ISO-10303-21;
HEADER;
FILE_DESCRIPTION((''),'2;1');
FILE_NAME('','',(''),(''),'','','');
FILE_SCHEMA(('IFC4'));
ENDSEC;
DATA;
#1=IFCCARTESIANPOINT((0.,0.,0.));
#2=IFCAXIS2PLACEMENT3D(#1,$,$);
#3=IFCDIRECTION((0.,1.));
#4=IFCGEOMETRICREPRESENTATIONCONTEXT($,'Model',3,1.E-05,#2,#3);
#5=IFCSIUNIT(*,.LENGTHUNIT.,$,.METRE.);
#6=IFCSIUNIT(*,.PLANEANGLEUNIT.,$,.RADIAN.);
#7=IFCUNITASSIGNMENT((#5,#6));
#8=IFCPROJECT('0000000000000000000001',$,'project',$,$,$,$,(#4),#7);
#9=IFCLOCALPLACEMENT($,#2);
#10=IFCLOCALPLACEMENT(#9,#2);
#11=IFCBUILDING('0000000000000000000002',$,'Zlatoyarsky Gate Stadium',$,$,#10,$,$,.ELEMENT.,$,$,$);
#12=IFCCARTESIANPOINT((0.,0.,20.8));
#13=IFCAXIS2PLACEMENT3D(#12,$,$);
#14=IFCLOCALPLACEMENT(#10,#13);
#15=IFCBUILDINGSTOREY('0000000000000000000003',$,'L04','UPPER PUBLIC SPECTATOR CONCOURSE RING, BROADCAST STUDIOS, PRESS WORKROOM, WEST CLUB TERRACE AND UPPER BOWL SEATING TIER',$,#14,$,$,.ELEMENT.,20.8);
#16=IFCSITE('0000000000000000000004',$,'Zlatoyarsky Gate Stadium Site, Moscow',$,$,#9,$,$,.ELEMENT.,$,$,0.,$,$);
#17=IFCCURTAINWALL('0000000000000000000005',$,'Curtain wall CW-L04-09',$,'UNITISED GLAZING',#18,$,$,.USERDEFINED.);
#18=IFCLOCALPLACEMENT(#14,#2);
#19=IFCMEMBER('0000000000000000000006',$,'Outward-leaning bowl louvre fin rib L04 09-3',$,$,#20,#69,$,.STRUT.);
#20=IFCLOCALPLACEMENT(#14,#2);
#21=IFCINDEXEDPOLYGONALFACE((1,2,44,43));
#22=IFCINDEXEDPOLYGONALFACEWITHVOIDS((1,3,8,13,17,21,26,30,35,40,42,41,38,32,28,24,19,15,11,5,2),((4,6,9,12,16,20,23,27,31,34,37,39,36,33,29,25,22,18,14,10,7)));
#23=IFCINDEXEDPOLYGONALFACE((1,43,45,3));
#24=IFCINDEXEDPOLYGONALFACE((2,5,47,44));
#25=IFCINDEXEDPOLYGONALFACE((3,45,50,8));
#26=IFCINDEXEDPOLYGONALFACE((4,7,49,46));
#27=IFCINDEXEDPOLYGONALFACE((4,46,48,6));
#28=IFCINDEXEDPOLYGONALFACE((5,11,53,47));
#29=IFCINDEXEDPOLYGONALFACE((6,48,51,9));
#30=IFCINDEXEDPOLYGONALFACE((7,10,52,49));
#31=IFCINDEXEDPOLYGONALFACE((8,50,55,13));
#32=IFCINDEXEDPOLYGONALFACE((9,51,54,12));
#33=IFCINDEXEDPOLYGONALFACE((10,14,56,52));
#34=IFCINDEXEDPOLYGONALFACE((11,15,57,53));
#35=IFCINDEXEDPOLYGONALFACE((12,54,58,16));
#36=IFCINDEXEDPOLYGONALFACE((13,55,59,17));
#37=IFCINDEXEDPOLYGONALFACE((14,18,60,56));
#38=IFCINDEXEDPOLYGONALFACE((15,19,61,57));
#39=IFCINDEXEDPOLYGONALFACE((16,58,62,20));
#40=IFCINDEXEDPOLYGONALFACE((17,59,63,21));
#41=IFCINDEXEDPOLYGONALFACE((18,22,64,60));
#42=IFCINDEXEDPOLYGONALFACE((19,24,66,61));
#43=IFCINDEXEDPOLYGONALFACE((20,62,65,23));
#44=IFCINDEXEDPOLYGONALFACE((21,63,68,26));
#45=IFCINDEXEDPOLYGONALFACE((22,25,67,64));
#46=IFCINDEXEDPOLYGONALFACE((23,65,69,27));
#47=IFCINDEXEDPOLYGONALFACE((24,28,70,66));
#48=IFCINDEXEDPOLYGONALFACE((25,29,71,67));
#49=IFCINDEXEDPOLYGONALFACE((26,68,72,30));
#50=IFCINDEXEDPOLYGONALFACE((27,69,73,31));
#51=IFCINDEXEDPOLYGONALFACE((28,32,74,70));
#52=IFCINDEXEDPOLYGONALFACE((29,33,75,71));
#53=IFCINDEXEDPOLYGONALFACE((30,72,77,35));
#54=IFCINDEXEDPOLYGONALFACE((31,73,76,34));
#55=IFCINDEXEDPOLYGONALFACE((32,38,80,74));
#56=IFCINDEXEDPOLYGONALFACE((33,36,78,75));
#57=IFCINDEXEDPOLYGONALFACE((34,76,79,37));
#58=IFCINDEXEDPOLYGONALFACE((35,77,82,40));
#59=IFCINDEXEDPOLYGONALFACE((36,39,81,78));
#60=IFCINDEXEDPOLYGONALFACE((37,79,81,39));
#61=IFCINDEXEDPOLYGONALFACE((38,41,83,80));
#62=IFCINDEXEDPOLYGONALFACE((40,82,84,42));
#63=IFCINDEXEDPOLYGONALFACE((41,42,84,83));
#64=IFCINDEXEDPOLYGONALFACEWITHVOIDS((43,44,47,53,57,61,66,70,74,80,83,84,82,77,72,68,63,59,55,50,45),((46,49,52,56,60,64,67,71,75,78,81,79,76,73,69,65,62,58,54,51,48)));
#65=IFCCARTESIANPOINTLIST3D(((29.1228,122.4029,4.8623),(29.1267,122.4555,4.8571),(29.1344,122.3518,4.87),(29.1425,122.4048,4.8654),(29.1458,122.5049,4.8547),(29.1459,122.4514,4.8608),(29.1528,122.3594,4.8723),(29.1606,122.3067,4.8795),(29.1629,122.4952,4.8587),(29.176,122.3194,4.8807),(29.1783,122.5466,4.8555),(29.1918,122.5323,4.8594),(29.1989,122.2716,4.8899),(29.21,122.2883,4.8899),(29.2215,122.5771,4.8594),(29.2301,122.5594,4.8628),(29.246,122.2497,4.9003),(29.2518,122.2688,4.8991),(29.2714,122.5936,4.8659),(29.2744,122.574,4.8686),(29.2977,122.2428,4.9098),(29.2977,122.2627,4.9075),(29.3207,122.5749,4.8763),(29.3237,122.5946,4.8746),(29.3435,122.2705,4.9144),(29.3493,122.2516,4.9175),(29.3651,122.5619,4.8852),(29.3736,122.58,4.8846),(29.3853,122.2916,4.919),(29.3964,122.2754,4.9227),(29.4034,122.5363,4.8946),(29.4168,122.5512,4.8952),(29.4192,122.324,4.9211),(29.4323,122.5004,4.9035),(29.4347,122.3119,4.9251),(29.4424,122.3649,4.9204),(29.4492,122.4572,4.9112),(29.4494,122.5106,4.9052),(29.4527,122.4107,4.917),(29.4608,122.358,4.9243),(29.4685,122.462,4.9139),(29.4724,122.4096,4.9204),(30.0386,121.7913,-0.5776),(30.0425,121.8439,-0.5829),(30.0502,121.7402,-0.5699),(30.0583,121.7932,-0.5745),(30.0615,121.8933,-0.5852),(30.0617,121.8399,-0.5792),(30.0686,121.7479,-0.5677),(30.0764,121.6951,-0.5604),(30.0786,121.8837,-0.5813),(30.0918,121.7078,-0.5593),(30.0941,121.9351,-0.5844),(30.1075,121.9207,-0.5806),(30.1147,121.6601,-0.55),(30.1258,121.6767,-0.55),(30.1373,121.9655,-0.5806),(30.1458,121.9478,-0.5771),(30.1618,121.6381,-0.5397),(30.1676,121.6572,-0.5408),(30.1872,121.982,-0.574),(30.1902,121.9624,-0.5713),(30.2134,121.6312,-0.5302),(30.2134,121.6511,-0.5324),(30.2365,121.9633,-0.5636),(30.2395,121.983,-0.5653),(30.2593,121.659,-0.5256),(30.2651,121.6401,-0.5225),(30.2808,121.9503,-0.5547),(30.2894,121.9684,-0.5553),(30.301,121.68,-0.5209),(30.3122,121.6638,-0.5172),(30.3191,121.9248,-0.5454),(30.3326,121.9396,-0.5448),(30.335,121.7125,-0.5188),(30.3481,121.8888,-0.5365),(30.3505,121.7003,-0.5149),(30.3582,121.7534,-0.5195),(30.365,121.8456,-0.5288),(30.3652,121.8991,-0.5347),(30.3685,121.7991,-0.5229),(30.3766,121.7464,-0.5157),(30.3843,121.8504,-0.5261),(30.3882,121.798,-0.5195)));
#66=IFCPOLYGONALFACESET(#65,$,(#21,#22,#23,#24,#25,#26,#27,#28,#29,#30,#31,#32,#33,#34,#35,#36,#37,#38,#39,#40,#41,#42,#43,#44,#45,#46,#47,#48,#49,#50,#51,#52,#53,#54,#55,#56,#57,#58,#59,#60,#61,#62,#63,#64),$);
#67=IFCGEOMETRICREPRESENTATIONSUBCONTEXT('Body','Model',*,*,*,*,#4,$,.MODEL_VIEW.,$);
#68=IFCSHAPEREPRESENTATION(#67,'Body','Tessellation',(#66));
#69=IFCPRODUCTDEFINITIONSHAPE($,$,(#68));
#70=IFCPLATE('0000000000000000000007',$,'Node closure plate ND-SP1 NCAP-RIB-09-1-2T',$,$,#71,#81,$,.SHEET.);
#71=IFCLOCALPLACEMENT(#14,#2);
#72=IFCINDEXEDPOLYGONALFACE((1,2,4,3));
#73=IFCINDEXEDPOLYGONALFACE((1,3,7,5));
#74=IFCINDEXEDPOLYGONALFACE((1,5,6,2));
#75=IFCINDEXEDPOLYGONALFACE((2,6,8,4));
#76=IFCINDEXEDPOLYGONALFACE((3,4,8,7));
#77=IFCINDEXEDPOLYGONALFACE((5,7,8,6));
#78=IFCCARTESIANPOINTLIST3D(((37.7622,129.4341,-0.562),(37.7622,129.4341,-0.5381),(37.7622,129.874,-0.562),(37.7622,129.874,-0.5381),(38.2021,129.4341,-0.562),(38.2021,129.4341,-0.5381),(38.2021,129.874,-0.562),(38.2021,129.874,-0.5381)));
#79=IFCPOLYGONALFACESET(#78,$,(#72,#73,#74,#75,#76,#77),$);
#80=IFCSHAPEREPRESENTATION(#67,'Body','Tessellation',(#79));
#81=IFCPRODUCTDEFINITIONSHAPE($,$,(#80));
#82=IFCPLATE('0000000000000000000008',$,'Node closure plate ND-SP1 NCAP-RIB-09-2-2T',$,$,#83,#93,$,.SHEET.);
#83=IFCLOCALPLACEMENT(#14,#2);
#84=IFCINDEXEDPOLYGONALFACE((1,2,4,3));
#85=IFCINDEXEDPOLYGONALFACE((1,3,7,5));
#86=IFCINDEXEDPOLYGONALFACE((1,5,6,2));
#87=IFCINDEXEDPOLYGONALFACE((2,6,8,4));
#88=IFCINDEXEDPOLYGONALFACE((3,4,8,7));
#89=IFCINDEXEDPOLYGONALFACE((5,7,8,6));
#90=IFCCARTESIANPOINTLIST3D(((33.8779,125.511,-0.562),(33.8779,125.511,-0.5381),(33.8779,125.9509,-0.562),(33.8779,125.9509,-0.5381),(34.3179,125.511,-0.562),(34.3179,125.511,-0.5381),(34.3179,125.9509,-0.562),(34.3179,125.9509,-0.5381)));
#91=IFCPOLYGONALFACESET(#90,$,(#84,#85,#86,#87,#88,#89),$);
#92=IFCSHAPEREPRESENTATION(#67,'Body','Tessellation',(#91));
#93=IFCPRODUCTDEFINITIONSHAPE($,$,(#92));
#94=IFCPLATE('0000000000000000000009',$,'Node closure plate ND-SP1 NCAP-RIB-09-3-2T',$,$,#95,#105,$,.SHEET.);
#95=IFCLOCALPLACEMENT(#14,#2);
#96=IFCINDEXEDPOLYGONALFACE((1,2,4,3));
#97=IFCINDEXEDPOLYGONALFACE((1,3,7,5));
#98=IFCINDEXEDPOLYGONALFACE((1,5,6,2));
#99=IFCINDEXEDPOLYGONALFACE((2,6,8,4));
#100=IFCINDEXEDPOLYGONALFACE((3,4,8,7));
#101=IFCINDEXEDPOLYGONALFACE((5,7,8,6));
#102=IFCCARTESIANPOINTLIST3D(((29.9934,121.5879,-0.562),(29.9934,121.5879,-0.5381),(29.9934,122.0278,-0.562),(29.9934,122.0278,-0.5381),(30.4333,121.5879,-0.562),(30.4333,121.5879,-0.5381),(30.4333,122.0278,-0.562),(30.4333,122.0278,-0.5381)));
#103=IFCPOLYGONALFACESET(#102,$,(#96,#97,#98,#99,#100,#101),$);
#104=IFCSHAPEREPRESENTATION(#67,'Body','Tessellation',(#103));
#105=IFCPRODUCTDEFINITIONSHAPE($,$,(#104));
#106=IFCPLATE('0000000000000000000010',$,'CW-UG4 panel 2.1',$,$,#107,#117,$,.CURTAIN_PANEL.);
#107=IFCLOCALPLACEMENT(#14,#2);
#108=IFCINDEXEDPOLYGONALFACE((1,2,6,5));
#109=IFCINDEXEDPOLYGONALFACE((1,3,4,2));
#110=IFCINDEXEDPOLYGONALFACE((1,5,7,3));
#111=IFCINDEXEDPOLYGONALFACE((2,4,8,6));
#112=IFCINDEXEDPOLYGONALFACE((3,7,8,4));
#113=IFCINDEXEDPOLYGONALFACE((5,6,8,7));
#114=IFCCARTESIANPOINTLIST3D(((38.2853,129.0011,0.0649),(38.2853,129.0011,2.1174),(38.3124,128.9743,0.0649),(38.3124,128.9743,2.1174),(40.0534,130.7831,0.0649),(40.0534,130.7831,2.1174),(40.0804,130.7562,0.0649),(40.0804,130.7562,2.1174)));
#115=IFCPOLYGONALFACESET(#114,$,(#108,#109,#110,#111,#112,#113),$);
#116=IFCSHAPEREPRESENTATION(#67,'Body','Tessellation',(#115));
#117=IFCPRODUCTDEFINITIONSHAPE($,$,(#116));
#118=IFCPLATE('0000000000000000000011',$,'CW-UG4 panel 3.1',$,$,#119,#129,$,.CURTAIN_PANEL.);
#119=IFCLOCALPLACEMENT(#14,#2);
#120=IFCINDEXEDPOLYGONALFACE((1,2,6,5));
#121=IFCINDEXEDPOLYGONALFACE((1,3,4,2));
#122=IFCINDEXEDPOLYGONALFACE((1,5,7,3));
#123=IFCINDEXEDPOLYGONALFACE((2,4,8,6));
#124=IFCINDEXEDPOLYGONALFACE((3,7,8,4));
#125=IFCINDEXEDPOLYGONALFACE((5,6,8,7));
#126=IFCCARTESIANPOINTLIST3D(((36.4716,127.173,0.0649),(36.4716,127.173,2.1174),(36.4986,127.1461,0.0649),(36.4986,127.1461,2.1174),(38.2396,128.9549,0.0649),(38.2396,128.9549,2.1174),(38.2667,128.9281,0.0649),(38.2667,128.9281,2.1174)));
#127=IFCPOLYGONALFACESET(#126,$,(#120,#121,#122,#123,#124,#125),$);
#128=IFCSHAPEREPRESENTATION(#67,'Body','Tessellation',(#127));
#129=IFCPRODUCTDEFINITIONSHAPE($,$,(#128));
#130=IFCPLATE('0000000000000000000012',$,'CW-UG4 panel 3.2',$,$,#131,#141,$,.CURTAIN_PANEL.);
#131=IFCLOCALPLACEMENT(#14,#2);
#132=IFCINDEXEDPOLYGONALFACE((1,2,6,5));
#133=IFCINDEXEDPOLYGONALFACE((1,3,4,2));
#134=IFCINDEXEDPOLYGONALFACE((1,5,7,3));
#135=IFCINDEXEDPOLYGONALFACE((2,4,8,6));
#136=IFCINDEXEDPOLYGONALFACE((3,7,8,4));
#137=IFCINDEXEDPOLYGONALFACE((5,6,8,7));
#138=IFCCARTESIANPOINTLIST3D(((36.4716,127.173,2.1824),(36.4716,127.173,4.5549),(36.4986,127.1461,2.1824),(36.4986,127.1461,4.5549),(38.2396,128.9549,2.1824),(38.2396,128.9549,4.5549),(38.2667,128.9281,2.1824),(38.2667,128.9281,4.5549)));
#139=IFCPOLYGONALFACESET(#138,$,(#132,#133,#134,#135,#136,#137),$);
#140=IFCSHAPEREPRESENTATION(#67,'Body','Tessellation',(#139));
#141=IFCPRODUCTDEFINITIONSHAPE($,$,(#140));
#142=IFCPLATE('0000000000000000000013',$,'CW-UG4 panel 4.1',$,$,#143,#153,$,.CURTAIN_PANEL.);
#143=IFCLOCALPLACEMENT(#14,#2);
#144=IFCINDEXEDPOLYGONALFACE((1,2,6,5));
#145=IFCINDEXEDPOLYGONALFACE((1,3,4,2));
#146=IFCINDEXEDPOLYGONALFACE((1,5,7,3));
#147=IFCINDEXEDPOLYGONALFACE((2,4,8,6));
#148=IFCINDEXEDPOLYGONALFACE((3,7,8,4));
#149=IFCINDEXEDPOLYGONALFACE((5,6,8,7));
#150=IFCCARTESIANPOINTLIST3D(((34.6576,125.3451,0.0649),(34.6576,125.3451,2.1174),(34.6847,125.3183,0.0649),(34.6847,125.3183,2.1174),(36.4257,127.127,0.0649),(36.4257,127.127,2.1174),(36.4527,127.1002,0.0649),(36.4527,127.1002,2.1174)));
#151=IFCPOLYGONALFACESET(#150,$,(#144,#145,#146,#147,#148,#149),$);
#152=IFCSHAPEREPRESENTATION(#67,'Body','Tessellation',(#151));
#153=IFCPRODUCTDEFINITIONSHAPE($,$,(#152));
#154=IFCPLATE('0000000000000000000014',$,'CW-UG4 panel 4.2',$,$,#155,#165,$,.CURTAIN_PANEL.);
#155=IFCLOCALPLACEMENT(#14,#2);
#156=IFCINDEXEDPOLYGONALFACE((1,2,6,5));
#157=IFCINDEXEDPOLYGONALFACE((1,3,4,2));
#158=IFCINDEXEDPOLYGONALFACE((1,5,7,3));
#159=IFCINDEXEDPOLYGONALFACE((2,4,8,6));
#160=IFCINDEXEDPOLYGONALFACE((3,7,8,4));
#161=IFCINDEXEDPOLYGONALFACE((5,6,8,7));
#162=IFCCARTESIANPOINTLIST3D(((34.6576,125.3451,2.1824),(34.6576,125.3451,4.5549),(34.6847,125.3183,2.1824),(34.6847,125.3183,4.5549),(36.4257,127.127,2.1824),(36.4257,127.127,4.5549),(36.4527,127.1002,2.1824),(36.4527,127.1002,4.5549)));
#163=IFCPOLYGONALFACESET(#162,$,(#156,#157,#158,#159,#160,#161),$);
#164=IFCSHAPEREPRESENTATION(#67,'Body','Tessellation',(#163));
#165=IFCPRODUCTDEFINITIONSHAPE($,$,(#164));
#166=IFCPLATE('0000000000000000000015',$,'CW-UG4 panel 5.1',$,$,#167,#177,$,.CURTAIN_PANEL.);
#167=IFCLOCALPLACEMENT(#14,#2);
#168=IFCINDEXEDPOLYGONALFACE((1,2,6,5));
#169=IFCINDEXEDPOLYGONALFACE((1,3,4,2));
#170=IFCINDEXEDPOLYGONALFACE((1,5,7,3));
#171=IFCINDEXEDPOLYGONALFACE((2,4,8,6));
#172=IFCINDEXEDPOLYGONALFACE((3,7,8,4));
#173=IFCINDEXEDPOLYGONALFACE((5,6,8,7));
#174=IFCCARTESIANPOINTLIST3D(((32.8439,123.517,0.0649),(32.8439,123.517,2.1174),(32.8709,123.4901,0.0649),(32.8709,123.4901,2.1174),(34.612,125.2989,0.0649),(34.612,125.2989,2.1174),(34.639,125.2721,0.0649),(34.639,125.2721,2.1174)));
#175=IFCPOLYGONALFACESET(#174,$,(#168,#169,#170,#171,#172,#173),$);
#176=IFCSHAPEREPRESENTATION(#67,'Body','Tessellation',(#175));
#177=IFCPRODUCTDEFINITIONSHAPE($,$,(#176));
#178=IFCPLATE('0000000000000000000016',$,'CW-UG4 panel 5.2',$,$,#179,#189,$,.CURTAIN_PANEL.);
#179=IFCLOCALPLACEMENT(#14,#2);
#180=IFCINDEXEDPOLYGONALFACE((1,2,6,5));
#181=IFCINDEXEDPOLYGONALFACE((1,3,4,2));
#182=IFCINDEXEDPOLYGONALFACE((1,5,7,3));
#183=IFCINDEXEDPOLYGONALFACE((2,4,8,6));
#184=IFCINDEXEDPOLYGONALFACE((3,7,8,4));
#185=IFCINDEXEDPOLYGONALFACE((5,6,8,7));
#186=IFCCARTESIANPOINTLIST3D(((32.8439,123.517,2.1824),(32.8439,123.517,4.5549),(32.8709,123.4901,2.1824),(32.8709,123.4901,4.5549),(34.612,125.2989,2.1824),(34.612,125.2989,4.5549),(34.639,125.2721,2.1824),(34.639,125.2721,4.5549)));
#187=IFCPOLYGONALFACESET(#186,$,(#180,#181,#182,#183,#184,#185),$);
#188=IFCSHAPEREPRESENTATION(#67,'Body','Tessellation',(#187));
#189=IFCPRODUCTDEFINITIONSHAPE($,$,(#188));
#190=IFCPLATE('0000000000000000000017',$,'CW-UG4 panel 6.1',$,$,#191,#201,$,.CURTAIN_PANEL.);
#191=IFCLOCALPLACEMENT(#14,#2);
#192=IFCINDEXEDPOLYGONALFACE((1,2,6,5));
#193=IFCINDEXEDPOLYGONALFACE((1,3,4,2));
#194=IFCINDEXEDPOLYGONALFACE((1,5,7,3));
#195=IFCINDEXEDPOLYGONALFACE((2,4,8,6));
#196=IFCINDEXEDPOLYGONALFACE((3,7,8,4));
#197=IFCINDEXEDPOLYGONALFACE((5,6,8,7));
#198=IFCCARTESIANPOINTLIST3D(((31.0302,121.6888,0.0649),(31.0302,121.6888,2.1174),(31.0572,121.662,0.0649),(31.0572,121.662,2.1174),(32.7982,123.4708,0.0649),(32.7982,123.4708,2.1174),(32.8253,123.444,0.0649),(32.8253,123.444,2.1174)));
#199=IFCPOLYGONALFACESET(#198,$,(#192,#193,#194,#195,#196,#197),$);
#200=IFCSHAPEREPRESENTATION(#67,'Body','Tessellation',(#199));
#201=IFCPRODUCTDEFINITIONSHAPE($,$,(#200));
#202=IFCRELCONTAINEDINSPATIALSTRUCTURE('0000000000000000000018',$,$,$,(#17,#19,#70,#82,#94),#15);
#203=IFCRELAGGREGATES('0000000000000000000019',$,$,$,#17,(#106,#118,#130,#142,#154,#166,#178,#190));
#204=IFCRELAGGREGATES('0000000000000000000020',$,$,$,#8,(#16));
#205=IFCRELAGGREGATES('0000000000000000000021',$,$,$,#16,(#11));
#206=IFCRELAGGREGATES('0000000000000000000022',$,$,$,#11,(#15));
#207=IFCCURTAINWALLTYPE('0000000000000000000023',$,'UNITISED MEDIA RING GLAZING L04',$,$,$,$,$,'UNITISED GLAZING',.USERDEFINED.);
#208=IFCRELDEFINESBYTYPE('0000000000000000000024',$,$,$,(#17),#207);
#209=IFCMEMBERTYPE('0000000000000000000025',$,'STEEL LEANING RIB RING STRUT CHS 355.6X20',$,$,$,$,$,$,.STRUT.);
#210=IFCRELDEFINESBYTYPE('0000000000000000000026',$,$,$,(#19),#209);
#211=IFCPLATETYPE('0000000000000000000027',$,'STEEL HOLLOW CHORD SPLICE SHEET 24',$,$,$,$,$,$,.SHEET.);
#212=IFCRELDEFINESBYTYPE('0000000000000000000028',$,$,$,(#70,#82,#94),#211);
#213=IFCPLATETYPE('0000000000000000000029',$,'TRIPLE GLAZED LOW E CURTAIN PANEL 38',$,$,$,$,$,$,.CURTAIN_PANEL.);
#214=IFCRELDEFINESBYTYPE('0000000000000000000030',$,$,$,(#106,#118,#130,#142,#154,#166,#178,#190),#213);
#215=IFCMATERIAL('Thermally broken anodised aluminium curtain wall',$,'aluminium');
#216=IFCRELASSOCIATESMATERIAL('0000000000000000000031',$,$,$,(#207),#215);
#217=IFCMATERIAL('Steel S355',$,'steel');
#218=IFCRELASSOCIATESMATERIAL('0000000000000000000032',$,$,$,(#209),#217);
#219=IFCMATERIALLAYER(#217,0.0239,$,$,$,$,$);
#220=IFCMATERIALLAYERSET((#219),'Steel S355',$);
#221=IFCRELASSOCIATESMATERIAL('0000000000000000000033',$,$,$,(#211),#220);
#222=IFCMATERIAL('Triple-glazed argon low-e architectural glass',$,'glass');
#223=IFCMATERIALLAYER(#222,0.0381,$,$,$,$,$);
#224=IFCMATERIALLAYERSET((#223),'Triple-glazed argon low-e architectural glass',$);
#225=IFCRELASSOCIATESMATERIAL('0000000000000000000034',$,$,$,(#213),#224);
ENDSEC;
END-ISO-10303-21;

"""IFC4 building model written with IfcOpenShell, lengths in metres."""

from ifc_helpers import new_model, si_unit, direction, frame, origin, origin_2d, place, context, subcontext, project, spatial, rectangle, hollow_circle, extrude, material, layer, layer_set, material_profile, profile_set, type_object, element, aggregate, save


model = new_model("IFC4")

# Units and contexts
model_context = context("Model", 3, precision=1e-05, world=origin(), true_north=direction((0.0, 1.0)))
body_context = subcontext(model_context, "Body", "Model", "MODEL_VIEW")
ifc_project = project(units=[si_unit("LENGTHUNIT", "METRE"), si_unit("PLANEANGLEUNIT", "RADIAN")], contexts=[model_context])

# Site, building, storey
site_placement = place(None, origin())
site = spatial("IfcSite", under=ifc_project, at=site_placement, Name="Zlatoyarsky Gate Stadium Site, Moscow", CompositionType="ELEMENT", RefElevation=0.0)
building_placement = place(site_placement, origin())
building = spatial("IfcBuilding", under=site, at=building_placement, Name="Zlatoyarsky Gate Stadium", CompositionType="ELEMENT")
storey_placement = place(building_placement, frame((0.0, 0.0, 20.8)))
storey = spatial("IfcBuildingStorey", under=building, at=storey_placement, Name="L04", Description="UPPER PUBLIC SPECTATOR CONCOURSE RING, BROADCAST STUDIOS, PRESS WORKROOM, WEST CLUB TERRACE AND UPPER BOWL SEATING TIER", CompositionType="ELEMENT", Elevation=20.8)

# Curtain wall
ifc_material_1 = material(Name="Thermally broken anodised aluminium curtain wall", Category="aluminium")
curtain_wall_type = type_object("IfcCurtainWallType", Name="UNITISED MEDIA RING GLAZING L04", ElementType="UNITISED GLAZING", PredefinedType="USERDEFINED", material=ifc_material_1)
curtain_wall_placement = place(storey_placement, origin())
curtain_wall = element("IfcCurtainWall", 1, at=curtain_wall_placement, inside=storey, type_object=curtain_wall_type, Name="Curtain wall CW-L04-09", ObjectType="UNITISED GLAZING", PredefinedType="USERDEFINED")

# Member
ifc_material_2 = material(Name="Steel S355", Category="steel")
ifc_material_profile_1 = material_profile(ifc_material_2, hollow_circle(Radius=0.1777, WallThickness=0.02, at=origin_2d()), Name="CHS 355.6X20")
ifc_profile_set_1 = profile_set([ifc_material_profile_1], Name="Steel S355")
member_type_1 = type_object("IfcMemberType", Name="STEEL LEANING RIB RING STRUT CHS 355.6X20", PredefinedType="STRUT", material=ifc_profile_set_1)
member_1_placement = place(storey_placement, frame((30.2134, 121.8079, -0.55), z_axis=(-0.164996, 0.110188, 0.98012), x_axis=(-0.555365, -0.831607, 0.0)))
element("IfcMember", 2, at=member_1_placement, inside=storey, type_object=member_type_1, Name="Outward-leaning bowl louvre fin rib L04 09-3", PredefinedType="STRUT", context=body_context, shape_type="SweptSolid", body=[
    extrude(hollow_circle(Radius=0.1777, WallThickness=0.02, at=origin_2d()), origin(), (0.0, 0.0, 1.0), 5.5503),
])

# Plates
ifc_layer_1 = layer(ifc_material_2, 0.0239)
ifc_layer_set_1 = layer_set([ifc_layer_1], Name="Steel S355")
plate_type_1 = type_object("IfcPlateType", Name="STEEL HOLLOW CHORD SPLICE SHEET 24", PredefinedType="SHEET", material=ifc_layer_set_1)
for number, where, z_axis, x_axis, name in (
    (3, (37.9822, 129.6541, -0.562), (0.0, 0.0, 1.0), (1.0, 0.0, 0.0), "Node closure plate ND-SP1 NCAP-RIB-09-1-2T"),
    (4, (34.0979, 125.731, -0.562), (0.0, 0.0, 1.0), (1.0, 0.0, 0.0), "Node closure plate ND-SP1 NCAP-RIB-09-2-2T"),
    (5, (30.2134, 121.8079, -0.562), (0.0, 0.0, 1.0), (1.0, 0.0, 0.0), "Node closure plate ND-SP1 NCAP-RIB-09-3-2T"),
):
    element("IfcPlate", number, at=place(storey_placement, frame(where, z_axis=z_axis, x_axis=x_axis)), inside=storey, type_object=plate_type_1, Name=name, PredefinedType="SHEET", context=body_context, shape_type="SweptSolid", body=[
        extrude(rectangle(XDim=0.4399, YDim=0.4399, at=origin_2d()), origin(), (0.0, 0.0, 1.0), 0.0239),
    ])

# Plates
ifc_material_3 = material(Name="Triple-glazed argon low-e architectural glass", Category="glass")
ifc_layer_2 = layer(ifc_material_3, 0.0381)
ifc_layer_set_2 = layer_set([ifc_layer_2], Name="Triple-glazed argon low-e architectural glass")
plate_type_2 = type_object("IfcPlateType", Name="TRIPLE GLAZED LOW E CURTAIN PANEL 38", PredefinedType="CURTAIN_PANEL", material=ifc_layer_set_2)
plate_1_placement = place(storey_placement, frame((39.1829, 129.8787, 0.0649), z_axis=(0.0, 0.0, 1.0), x_axis=(-0.704332, -0.709871, 0.0)))
plate_1 = element("IfcPlate", 6, at=plate_1_placement, type_object=plate_type_2, Name="CW-UG4 panel 2.1", PredefinedType="CURTAIN_PANEL", context=body_context, shape_type="SweptSolid", body=[
    extrude(rectangle(XDim=2.5103, YDim=0.0381, at=origin_2d()), origin(), (0.0, 0.0, 1.0), 2.0525),
])
plate_2_placement = place(storey_placement, frame((37.3691, 128.0505, 0.0649), z_axis=(0.0, 0.0, 1.0), x_axis=(-0.704332, -0.709871, 0.0)))
plate_2 = element("IfcPlate", 7, at=plate_2_placement, type_object=plate_type_2, Name="CW-UG4 panel 3.1", PredefinedType="CURTAIN_PANEL", context=body_context, shape_type="SweptSolid", body=[
    extrude(rectangle(XDim=2.5103, YDim=0.0381, at=origin_2d()), origin(), (0.0, 0.0, 1.0), 2.0525),
])
plate_3_placement = place(storey_placement, frame((37.3691, 128.0505, 2.1824), z_axis=(0.0, 0.0, 1.0), x_axis=(-0.704332, -0.709871, 0.0)))
plate_3 = element("IfcPlate", 8, at=plate_3_placement, type_object=plate_type_2, Name="CW-UG4 panel 3.2", PredefinedType="CURTAIN_PANEL", context=body_context, shape_type="SweptSolid", body=[
    extrude(rectangle(XDim=2.5103, YDim=0.0381, at=origin_2d()), origin(), (0.0, 0.0, 1.0), 2.3726),
])
plate_4_placement = place(storey_placement, frame((35.5552, 126.2227, 0.0649), z_axis=(0.0, 0.0, 1.0), x_axis=(-0.704332, -0.709871, 0.0)))
plate_4 = element("IfcPlate", 9, at=plate_4_placement, type_object=plate_type_2, Name="CW-UG4 panel 4.1", PredefinedType="CURTAIN_PANEL", context=body_context, shape_type="SweptSolid", body=[
    extrude(rectangle(XDim=2.5103, YDim=0.0381, at=origin_2d()), origin(), (0.0, 0.0, 1.0), 2.0525),
])
plate_5_placement = place(storey_placement, frame((35.5552, 126.2227, 2.1824), z_axis=(0.0, 0.0, 1.0), x_axis=(-0.704332, -0.709871, 0.0)))
plate_5 = element("IfcPlate", 10, at=plate_5_placement, type_object=plate_type_2, Name="CW-UG4 panel 4.2", PredefinedType="CURTAIN_PANEL", context=body_context, shape_type="SweptSolid", body=[
    extrude(rectangle(XDim=2.5103, YDim=0.0381, at=origin_2d()), origin(), (0.0, 0.0, 1.0), 2.3726),
])
plate_6_placement = place(storey_placement, frame((33.7415, 124.3945, 0.0649), z_axis=(0.0, 0.0, 1.0), x_axis=(-0.704332, -0.709871, 0.0)))
plate_6 = element("IfcPlate", 11, at=plate_6_placement, type_object=plate_type_2, Name="CW-UG4 panel 5.1", PredefinedType="CURTAIN_PANEL", context=body_context, shape_type="SweptSolid", body=[
    extrude(rectangle(XDim=2.5103, YDim=0.0381, at=origin_2d()), origin(), (0.0, 0.0, 1.0), 2.0525),
])
plate_7_placement = place(storey_placement, frame((33.7415, 124.3945, 2.1824), z_axis=(0.0, 0.0, 1.0), x_axis=(-0.704332, -0.709871, 0.0)))
plate_7 = element("IfcPlate", 12, at=plate_7_placement, type_object=plate_type_2, Name="CW-UG4 panel 5.2", PredefinedType="CURTAIN_PANEL", context=body_context, shape_type="SweptSolid", body=[
    extrude(rectangle(XDim=2.5103, YDim=0.0381, at=origin_2d()), origin(), (0.0, 0.0, 1.0), 2.3726),
])
plate_8_placement = place(storey_placement, frame((31.9277, 122.5664, 0.0649), z_axis=(0.0, 0.0, 1.0), x_axis=(-0.704332, -0.709871, 0.0)))
plate_8 = element("IfcPlate", 13, at=plate_8_placement, type_object=plate_type_2, Name="CW-UG4 panel 6.1", PredefinedType="CURTAIN_PANEL", context=body_context, shape_type="SweptSolid", body=[
    extrude(rectangle(XDim=2.5103, YDim=0.0381, at=origin_2d()), origin(), (0.0, 0.0, 1.0), 2.0525),
])
aggregate(curtain_wall, [plate_1, plate_2, plate_3, plate_4, plate_5, plate_6, plate_7, plate_8])

save(model, "model.ifc")
